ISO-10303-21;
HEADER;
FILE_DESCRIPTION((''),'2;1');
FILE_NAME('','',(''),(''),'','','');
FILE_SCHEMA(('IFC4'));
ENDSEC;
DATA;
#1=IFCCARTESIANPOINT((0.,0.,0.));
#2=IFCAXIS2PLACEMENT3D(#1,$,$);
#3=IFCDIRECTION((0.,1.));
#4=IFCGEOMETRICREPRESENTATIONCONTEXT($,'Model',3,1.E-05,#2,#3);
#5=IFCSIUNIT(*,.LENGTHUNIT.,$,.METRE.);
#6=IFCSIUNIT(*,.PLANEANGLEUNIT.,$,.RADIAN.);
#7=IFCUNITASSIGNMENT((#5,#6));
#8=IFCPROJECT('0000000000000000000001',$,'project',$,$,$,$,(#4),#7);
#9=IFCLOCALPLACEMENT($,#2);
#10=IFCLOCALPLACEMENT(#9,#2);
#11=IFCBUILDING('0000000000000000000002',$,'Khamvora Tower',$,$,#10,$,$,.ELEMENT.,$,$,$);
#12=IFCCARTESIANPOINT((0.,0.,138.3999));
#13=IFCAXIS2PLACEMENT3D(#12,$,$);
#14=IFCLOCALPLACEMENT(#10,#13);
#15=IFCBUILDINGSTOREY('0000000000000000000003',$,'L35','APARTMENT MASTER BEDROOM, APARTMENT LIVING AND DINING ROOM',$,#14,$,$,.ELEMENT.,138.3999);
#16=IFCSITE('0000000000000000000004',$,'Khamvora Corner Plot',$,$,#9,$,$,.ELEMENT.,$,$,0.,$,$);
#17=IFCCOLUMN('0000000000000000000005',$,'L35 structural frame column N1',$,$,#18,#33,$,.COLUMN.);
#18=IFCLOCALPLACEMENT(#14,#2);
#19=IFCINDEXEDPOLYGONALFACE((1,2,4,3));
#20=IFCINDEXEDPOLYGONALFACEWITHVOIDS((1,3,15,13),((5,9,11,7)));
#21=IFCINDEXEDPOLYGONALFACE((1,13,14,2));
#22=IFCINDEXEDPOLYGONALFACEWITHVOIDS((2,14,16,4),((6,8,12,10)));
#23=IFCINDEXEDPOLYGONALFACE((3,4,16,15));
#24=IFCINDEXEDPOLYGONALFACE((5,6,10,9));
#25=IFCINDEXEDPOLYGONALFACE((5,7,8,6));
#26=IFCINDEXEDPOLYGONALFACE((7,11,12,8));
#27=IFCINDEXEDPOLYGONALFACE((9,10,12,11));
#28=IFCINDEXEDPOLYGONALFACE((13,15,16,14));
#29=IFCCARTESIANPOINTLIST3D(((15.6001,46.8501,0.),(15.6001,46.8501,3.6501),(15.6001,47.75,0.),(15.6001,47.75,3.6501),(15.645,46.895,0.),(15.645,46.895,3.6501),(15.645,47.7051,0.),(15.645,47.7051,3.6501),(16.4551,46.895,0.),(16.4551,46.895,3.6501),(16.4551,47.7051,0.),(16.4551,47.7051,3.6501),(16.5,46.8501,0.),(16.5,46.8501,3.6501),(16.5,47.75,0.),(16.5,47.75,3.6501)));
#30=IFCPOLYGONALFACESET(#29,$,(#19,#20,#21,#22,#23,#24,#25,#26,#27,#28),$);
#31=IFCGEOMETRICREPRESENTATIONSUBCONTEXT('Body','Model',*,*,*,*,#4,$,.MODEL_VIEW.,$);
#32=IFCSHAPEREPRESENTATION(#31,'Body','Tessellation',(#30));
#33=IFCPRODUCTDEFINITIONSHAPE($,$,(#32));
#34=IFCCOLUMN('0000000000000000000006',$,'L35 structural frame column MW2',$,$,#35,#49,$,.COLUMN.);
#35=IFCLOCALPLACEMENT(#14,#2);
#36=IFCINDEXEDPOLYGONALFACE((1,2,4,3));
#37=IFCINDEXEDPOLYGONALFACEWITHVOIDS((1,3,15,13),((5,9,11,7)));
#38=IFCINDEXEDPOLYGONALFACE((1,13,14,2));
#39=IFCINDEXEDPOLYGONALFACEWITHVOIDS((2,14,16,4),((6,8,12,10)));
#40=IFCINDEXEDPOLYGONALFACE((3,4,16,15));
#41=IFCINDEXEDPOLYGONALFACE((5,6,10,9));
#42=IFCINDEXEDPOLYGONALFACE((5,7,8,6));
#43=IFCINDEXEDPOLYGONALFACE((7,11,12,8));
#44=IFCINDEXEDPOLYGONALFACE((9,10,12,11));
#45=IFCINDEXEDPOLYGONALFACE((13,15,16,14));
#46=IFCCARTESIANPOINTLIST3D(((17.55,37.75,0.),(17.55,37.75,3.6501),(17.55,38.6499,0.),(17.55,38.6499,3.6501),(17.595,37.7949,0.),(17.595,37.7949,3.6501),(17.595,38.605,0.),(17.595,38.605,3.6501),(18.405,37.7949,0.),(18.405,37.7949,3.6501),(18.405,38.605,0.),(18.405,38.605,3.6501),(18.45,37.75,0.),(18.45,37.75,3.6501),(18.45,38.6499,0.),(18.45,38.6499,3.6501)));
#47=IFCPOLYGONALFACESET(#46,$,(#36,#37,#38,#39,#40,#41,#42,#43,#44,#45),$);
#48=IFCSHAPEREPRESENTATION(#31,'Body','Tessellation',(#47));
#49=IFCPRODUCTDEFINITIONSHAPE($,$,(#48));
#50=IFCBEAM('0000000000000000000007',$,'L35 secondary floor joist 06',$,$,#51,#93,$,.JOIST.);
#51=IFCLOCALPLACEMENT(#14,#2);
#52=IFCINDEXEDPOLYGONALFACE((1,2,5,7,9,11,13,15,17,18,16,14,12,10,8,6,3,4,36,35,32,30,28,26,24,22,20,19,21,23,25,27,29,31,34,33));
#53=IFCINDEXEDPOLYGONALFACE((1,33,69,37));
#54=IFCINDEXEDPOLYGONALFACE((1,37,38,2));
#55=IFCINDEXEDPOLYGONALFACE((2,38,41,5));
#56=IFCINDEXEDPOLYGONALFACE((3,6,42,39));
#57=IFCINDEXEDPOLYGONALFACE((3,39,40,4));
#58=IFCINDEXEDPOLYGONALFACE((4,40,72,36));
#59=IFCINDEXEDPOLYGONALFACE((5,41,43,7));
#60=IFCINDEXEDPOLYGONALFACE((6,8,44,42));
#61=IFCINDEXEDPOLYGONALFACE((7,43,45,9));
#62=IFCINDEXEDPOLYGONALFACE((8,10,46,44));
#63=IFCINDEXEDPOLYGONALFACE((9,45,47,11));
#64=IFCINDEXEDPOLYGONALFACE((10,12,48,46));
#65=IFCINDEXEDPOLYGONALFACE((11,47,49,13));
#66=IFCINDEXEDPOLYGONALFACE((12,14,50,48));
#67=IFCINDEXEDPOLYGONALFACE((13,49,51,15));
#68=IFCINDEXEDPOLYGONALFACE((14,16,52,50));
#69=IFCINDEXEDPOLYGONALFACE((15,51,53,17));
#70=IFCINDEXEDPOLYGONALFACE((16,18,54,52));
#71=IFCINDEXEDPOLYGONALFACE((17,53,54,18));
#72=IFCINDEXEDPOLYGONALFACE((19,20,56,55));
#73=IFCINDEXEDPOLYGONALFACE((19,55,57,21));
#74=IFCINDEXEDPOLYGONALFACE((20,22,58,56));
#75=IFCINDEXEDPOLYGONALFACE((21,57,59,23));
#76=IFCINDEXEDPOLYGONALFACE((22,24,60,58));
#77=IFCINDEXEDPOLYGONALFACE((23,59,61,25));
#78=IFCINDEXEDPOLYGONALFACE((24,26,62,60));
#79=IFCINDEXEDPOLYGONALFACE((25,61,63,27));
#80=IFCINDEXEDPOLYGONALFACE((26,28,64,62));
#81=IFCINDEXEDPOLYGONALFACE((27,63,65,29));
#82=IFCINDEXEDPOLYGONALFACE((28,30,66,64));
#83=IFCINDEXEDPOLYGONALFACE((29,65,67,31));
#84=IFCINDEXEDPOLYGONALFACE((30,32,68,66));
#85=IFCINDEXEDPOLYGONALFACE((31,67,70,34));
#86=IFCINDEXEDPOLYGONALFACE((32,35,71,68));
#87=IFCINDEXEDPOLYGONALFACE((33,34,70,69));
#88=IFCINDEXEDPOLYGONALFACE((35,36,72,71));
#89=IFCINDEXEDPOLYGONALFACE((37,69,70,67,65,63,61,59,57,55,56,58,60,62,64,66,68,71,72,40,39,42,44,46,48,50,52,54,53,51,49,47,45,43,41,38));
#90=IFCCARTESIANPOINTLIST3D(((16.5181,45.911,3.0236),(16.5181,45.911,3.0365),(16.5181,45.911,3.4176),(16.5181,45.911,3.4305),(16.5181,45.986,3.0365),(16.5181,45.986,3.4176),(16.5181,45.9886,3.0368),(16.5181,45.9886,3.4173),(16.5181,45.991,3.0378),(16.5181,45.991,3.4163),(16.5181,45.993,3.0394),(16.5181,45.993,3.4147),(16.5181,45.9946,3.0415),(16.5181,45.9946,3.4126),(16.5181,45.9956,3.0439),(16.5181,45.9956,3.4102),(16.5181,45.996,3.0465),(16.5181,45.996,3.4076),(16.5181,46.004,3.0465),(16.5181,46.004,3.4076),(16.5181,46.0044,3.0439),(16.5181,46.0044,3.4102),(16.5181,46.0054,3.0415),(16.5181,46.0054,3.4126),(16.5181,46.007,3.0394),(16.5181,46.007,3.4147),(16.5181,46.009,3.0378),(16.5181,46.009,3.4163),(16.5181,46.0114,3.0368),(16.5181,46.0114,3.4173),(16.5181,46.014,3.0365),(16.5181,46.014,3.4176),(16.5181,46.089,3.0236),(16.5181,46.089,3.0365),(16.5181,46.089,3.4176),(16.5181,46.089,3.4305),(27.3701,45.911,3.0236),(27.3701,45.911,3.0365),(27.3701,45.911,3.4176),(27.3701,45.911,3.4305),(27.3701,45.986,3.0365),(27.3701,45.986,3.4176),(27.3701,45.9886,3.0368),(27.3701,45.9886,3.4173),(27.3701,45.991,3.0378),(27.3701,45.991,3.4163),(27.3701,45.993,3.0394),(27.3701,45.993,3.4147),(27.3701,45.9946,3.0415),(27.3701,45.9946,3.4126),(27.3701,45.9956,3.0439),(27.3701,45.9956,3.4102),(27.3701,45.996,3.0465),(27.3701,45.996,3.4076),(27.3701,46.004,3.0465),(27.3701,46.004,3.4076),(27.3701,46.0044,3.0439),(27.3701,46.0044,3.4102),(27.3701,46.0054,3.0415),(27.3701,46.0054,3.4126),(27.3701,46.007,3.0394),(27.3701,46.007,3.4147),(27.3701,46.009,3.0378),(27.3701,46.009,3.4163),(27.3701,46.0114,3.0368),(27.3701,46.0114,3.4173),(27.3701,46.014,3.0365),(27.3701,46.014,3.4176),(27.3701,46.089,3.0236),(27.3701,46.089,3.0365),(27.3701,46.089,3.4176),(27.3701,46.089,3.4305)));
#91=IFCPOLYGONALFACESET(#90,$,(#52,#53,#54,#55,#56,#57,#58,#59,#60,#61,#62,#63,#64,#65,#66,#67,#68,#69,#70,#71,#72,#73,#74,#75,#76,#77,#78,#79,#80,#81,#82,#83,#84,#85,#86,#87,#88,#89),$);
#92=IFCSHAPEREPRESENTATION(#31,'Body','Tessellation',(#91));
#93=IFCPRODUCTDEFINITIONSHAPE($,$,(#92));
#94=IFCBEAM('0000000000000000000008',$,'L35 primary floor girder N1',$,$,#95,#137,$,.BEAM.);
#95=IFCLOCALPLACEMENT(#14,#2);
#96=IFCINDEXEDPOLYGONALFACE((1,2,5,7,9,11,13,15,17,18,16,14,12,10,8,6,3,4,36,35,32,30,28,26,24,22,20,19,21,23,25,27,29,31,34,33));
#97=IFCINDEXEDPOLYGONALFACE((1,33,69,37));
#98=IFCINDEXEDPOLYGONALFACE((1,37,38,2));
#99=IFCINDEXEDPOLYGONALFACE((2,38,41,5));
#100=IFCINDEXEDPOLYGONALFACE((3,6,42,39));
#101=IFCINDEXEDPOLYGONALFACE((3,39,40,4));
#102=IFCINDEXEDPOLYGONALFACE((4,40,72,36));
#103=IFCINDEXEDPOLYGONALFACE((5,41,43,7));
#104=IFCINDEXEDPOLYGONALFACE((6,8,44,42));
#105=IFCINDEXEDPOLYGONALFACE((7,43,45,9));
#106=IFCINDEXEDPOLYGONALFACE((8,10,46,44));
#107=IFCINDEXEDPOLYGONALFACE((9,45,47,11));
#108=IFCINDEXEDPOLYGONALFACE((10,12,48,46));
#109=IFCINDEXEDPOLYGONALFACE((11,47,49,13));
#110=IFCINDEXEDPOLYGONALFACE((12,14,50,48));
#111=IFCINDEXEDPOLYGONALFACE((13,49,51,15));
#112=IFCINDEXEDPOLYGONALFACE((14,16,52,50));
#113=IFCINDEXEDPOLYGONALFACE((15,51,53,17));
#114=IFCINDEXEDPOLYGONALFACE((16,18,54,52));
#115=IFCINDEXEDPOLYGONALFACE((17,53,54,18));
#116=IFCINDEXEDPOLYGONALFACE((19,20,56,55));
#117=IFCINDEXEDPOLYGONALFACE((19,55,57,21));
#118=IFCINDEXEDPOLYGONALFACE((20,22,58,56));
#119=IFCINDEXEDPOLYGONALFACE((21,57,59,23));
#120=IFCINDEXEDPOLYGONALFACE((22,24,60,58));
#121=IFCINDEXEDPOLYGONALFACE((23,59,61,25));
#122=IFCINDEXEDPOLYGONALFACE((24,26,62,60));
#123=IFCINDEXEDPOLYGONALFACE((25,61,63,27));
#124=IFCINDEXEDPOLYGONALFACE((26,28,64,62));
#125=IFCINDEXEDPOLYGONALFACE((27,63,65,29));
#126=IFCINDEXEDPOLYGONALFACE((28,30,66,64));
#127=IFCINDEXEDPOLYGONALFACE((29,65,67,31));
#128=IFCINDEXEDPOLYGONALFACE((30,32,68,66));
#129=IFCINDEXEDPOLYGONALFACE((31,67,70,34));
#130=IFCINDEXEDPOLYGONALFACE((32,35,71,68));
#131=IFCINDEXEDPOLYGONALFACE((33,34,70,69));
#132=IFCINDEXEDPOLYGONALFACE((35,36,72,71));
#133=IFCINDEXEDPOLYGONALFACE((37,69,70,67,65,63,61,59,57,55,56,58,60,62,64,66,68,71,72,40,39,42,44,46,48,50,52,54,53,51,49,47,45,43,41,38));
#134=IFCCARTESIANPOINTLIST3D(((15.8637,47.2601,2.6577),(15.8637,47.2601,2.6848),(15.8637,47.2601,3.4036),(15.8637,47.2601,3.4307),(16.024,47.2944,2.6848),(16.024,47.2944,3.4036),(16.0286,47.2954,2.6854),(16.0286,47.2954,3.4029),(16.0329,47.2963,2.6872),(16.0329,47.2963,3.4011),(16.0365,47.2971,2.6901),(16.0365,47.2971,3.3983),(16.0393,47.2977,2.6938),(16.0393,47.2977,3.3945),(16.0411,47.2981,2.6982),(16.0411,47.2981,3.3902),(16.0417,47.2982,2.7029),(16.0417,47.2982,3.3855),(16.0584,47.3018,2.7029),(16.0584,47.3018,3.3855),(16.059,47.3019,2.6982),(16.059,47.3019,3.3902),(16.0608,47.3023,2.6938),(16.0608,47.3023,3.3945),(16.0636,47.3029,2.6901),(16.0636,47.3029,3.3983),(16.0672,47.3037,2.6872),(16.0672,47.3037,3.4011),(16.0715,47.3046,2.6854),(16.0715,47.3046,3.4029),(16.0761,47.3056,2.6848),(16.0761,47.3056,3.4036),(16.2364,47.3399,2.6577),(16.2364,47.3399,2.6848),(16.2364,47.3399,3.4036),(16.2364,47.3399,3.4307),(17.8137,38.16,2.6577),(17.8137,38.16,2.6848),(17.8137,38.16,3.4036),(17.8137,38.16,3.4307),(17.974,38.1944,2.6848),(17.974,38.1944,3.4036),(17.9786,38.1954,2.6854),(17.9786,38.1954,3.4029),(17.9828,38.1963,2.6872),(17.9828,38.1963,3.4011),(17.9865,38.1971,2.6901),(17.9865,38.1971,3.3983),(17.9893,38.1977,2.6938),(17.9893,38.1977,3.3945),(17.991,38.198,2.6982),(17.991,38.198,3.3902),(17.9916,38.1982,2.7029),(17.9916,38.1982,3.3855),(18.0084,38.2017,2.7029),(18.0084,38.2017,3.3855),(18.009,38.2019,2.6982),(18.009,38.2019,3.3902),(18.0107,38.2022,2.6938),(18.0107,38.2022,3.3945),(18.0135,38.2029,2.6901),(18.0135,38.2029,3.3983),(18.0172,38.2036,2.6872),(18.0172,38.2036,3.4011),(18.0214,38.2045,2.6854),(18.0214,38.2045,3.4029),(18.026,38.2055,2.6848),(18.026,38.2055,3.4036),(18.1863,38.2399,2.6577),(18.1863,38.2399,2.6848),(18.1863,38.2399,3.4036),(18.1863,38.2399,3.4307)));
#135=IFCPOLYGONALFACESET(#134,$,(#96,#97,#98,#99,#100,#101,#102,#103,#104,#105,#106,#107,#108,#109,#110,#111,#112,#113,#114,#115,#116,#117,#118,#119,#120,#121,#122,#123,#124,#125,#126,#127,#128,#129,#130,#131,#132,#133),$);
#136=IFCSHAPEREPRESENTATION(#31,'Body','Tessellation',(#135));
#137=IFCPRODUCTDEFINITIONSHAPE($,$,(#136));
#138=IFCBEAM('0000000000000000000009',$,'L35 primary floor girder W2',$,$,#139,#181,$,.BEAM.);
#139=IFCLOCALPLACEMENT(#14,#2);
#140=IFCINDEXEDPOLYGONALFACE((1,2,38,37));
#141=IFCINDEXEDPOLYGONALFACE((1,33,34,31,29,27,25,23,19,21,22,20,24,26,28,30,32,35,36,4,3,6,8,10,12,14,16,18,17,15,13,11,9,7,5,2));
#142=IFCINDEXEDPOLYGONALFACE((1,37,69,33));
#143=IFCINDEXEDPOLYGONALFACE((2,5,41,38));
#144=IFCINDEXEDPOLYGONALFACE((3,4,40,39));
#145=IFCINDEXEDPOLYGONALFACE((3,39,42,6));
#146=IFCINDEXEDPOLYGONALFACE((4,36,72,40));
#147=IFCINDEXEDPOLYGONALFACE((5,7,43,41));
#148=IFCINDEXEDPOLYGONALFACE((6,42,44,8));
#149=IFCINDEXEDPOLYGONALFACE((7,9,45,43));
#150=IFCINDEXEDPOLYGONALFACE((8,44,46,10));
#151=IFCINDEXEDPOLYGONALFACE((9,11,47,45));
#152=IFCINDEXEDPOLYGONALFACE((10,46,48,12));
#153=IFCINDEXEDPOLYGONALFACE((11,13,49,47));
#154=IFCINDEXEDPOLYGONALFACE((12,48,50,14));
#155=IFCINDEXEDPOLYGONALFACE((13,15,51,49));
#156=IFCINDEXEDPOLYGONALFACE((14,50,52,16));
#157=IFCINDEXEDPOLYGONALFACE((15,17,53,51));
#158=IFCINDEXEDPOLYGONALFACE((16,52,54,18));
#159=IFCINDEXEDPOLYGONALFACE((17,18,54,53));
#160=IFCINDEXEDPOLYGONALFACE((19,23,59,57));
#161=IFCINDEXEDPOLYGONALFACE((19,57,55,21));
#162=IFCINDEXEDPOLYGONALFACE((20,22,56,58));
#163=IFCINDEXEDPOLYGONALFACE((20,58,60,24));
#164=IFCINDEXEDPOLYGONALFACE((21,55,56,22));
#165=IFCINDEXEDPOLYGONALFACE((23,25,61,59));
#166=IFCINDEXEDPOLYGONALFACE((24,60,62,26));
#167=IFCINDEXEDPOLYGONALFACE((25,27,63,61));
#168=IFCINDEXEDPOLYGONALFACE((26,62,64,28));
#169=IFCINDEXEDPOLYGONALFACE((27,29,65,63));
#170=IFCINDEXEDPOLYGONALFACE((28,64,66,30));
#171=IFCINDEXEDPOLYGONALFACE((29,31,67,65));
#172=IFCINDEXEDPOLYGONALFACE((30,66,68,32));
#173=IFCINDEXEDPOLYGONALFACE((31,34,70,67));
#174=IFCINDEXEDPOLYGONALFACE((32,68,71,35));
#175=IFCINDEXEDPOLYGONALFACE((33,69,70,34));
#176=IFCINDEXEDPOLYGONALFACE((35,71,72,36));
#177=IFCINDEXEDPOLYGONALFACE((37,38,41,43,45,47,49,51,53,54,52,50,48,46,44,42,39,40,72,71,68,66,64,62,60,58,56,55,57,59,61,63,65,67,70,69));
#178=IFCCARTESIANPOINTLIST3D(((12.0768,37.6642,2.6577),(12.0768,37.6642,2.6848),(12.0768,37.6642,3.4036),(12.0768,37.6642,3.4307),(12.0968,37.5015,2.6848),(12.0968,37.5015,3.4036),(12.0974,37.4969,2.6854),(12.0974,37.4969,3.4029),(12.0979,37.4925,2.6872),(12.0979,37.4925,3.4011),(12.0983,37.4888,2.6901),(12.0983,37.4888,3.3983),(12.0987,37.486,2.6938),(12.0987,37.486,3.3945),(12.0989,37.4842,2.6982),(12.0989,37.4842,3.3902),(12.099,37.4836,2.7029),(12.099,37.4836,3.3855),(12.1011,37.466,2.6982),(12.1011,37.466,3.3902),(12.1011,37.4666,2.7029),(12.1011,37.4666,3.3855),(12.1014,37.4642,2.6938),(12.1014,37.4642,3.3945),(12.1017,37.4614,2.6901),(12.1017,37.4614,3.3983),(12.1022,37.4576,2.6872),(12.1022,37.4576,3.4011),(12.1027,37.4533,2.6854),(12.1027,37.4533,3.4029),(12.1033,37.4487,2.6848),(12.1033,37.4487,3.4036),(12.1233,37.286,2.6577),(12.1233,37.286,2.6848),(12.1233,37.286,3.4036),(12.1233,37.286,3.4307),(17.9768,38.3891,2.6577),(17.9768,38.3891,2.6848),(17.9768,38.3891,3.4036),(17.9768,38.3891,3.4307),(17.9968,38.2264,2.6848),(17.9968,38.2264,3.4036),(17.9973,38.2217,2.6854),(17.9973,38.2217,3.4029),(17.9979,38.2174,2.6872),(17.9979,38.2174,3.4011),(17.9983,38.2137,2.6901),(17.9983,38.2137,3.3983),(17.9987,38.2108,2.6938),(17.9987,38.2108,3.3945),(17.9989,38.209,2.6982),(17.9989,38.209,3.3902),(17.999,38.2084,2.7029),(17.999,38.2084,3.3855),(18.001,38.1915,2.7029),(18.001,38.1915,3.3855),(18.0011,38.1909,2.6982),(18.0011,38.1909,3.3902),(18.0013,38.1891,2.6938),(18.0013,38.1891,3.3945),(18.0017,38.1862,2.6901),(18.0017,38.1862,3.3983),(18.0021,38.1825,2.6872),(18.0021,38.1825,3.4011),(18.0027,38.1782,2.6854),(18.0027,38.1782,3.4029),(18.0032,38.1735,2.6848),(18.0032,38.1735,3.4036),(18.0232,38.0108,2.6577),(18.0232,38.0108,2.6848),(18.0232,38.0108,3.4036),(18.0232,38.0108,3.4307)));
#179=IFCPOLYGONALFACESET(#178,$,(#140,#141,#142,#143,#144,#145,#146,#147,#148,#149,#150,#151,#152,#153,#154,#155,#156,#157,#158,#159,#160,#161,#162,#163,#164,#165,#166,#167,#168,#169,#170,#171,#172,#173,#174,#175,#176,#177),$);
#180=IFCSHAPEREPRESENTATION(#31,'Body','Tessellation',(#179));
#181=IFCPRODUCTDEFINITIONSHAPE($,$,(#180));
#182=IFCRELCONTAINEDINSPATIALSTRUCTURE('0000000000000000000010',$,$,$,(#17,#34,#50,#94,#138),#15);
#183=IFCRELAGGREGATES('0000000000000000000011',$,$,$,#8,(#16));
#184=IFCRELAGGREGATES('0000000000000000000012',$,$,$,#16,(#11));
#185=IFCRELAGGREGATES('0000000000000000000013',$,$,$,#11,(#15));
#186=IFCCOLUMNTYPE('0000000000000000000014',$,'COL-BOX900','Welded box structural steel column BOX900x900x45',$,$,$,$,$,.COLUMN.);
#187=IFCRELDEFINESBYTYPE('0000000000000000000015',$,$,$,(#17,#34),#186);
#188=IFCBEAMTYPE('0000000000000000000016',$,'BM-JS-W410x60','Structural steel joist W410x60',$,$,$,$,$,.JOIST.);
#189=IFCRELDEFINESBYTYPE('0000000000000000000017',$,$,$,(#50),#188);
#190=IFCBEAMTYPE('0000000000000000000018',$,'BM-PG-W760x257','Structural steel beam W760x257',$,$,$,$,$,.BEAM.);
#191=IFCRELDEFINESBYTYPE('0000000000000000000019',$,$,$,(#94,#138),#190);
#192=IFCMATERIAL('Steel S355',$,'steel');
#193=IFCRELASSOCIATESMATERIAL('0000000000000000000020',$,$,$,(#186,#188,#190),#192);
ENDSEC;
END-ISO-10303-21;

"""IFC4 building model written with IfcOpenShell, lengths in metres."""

from ifc_helpers import new_model, si_unit, direction, frame, origin, origin_2d, place, context, subcontext, project, spatial, hollow_rectangle, i_section, extrude, material, material_profile, profile_set, type_object, element, save


model = new_model("IFC4")

# Units and contexts
model_context = context("Model", 3, precision=1e-05, world=origin(), true_north=direction((0.0, 1.0)))
body_context = subcontext(model_context, "Body", "Model", "MODEL_VIEW")
ifc_project = project(units=[si_unit("LENGTHUNIT", "METRE"), si_unit("PLANEANGLEUNIT", "RADIAN")], contexts=[model_context])

# Site, building, storey
site_placement = place(None, origin())
site = spatial("IfcSite", under=ifc_project, at=site_placement, Name="Khamvora Corner Plot", CompositionType="ELEMENT", RefElevation=0.0)
building_placement = place(site_placement, origin())
building = spatial("IfcBuilding", under=site, at=building_placement, Name="Khamvora Tower", CompositionType="ELEMENT")
storey_placement = place(building_placement, frame((0.0, 0.0, 138.3999)))
storey = spatial("IfcBuildingStorey", under=building, at=storey_placement, Name="L35", Description="APARTMENT MASTER BEDROOM, APARTMENT LIVING AND DINING ROOM", CompositionType="ELEMENT", Elevation=138.3999)

# Columns
ifc_material_1 = material(Name="Steel S355", Category="steel")
ifc_material_profile_1 = material_profile(ifc_material_1, hollow_rectangle(XDim=0.8999, YDim=0.8999, WallThickness=0.0449, at=origin_2d()), Name="BOX900x900x45")
ifc_profile_set_1 = profile_set([ifc_material_profile_1], Name="Steel S355")
column_type = type_object("IfcColumnType", Name="COL-BOX900", Description="Welded box structural steel column BOX900x900x45", PredefinedType="COLUMN", material=ifc_profile_set_1)
for number, where, z_axis, x_axis, name in (
    (1, (16.05, 47.3, 0.0), (0.0, 0.0, 1.0), (1.0, 0.0, 0.0), "L35 structural frame column N1"),
    (2, (18.0, 38.2, 0.0), (0.0, 0.0, 1.0), (1.0, 0.0, 0.0), "L35 structural frame column MW2"),
):
    element("IfcColumn", number, at=place(storey_placement, frame(where, z_axis=z_axis, x_axis=x_axis)), inside=storey, type_object=column_type, Name=name, PredefinedType="COLUMN", context=body_context, shape_type="SweptSolid", body=[
        extrude(hollow_rectangle(XDim=0.8999, YDim=0.8999, WallThickness=0.0449, at=origin_2d()), origin(), (0.0, 0.0, 1.0), 3.6501),
    ])

# Beams
ifc_material_profile_2 = material_profile(ifc_material_1, i_section(OverallWidth=0.178, OverallDepth=0.407, WebThickness=0.0081, FlangeThickness=0.0129, FilletRadius=0.01, at=origin_2d()), Name="W410x60")
ifc_profile_set_2 = profile_set([ifc_material_profile_2], Name="Steel S355")
beam_type_1 = type_object("IfcBeamType", Name="BM-JS-W410x60", Description="Structural steel joist W410x60", PredefinedType="JOIST", material=ifc_profile_set_2)
beam_1_placement = place(storey_placement, frame((16.5181, 46.0, 3.2271), z_axis=(1.0, 0.0, 0.0), x_axis=(0.0, 1.0, 0.0)))
element("IfcBeam", 3, at=beam_1_placement, inside=storey, type_object=beam_type_1, Name="L35 secondary floor joist 06", PredefinedType="JOIST", context=body_context, shape_type="SweptSolid", body=[
    extrude(i_section(OverallWidth=0.178, OverallDepth=0.407, WebThickness=0.0081, FlangeThickness=0.0129, FilletRadius=0.01, at=origin_2d()), origin(), (0.0, 0.0, 1.0), 10.8521),
])
ifc_material_profile_3 = material_profile(ifc_material_1, i_section(OverallWidth=0.3811, OverallDepth=0.7729, WebThickness=0.0171, FlangeThickness=0.0271, FilletRadius=0.0181, at=origin_2d()), Name="W760x257")
ifc_profile_set_3 = profile_set([ifc_material_profile_3], Name="Steel S355")
beam_type_2 = type_object("IfcBeamType", Name="BM-PG-W760x257", Description="Structural steel beam W760x257", PredefinedType="BEAM", material=ifc_profile_set_3)
beam_2_placement = place(storey_placement, frame((18.0, 38.2, 3.0442), z_axis=(-0.209522, 0.977804, 0.0), x_axis=(-0.977804, -0.209522, 0.0)))
element("IfcBeam", 4, at=beam_2_placement, inside=storey, type_object=beam_type_2, Name="L35 primary floor girder N1", PredefinedType="BEAM", context=body_context, shape_type="SweptSolid", body=[
    extrude(i_section(OverallWidth=0.3811, OverallDepth=0.7729, WebThickness=0.0171, FlangeThickness=0.0271, FilletRadius=0.0181, at=origin_2d()), origin(), (0.0, 0.0, 1.0), 9.3066),
])
beam_3_placement = place(storey_placement, frame((18.0, 38.2, 3.0442), z_axis=(-0.992537, -0.121942, 0.0), x_axis=(0.121942, -0.992537, 0.0)))
element("IfcBeam", 5, at=beam_3_placement, inside=storey, type_object=beam_type_2, Name="L35 primary floor girder W2", PredefinedType="BEAM", context=body_context, shape_type="SweptSolid", body=[
    extrude(i_section(OverallWidth=0.3811, OverallDepth=0.7729, WebThickness=0.0171, FlangeThickness=0.0271, FilletRadius=0.0181, at=origin_2d()), origin(), (0.0, 0.0, 1.0), 5.9443),
])

save(model, "model.ifc")
